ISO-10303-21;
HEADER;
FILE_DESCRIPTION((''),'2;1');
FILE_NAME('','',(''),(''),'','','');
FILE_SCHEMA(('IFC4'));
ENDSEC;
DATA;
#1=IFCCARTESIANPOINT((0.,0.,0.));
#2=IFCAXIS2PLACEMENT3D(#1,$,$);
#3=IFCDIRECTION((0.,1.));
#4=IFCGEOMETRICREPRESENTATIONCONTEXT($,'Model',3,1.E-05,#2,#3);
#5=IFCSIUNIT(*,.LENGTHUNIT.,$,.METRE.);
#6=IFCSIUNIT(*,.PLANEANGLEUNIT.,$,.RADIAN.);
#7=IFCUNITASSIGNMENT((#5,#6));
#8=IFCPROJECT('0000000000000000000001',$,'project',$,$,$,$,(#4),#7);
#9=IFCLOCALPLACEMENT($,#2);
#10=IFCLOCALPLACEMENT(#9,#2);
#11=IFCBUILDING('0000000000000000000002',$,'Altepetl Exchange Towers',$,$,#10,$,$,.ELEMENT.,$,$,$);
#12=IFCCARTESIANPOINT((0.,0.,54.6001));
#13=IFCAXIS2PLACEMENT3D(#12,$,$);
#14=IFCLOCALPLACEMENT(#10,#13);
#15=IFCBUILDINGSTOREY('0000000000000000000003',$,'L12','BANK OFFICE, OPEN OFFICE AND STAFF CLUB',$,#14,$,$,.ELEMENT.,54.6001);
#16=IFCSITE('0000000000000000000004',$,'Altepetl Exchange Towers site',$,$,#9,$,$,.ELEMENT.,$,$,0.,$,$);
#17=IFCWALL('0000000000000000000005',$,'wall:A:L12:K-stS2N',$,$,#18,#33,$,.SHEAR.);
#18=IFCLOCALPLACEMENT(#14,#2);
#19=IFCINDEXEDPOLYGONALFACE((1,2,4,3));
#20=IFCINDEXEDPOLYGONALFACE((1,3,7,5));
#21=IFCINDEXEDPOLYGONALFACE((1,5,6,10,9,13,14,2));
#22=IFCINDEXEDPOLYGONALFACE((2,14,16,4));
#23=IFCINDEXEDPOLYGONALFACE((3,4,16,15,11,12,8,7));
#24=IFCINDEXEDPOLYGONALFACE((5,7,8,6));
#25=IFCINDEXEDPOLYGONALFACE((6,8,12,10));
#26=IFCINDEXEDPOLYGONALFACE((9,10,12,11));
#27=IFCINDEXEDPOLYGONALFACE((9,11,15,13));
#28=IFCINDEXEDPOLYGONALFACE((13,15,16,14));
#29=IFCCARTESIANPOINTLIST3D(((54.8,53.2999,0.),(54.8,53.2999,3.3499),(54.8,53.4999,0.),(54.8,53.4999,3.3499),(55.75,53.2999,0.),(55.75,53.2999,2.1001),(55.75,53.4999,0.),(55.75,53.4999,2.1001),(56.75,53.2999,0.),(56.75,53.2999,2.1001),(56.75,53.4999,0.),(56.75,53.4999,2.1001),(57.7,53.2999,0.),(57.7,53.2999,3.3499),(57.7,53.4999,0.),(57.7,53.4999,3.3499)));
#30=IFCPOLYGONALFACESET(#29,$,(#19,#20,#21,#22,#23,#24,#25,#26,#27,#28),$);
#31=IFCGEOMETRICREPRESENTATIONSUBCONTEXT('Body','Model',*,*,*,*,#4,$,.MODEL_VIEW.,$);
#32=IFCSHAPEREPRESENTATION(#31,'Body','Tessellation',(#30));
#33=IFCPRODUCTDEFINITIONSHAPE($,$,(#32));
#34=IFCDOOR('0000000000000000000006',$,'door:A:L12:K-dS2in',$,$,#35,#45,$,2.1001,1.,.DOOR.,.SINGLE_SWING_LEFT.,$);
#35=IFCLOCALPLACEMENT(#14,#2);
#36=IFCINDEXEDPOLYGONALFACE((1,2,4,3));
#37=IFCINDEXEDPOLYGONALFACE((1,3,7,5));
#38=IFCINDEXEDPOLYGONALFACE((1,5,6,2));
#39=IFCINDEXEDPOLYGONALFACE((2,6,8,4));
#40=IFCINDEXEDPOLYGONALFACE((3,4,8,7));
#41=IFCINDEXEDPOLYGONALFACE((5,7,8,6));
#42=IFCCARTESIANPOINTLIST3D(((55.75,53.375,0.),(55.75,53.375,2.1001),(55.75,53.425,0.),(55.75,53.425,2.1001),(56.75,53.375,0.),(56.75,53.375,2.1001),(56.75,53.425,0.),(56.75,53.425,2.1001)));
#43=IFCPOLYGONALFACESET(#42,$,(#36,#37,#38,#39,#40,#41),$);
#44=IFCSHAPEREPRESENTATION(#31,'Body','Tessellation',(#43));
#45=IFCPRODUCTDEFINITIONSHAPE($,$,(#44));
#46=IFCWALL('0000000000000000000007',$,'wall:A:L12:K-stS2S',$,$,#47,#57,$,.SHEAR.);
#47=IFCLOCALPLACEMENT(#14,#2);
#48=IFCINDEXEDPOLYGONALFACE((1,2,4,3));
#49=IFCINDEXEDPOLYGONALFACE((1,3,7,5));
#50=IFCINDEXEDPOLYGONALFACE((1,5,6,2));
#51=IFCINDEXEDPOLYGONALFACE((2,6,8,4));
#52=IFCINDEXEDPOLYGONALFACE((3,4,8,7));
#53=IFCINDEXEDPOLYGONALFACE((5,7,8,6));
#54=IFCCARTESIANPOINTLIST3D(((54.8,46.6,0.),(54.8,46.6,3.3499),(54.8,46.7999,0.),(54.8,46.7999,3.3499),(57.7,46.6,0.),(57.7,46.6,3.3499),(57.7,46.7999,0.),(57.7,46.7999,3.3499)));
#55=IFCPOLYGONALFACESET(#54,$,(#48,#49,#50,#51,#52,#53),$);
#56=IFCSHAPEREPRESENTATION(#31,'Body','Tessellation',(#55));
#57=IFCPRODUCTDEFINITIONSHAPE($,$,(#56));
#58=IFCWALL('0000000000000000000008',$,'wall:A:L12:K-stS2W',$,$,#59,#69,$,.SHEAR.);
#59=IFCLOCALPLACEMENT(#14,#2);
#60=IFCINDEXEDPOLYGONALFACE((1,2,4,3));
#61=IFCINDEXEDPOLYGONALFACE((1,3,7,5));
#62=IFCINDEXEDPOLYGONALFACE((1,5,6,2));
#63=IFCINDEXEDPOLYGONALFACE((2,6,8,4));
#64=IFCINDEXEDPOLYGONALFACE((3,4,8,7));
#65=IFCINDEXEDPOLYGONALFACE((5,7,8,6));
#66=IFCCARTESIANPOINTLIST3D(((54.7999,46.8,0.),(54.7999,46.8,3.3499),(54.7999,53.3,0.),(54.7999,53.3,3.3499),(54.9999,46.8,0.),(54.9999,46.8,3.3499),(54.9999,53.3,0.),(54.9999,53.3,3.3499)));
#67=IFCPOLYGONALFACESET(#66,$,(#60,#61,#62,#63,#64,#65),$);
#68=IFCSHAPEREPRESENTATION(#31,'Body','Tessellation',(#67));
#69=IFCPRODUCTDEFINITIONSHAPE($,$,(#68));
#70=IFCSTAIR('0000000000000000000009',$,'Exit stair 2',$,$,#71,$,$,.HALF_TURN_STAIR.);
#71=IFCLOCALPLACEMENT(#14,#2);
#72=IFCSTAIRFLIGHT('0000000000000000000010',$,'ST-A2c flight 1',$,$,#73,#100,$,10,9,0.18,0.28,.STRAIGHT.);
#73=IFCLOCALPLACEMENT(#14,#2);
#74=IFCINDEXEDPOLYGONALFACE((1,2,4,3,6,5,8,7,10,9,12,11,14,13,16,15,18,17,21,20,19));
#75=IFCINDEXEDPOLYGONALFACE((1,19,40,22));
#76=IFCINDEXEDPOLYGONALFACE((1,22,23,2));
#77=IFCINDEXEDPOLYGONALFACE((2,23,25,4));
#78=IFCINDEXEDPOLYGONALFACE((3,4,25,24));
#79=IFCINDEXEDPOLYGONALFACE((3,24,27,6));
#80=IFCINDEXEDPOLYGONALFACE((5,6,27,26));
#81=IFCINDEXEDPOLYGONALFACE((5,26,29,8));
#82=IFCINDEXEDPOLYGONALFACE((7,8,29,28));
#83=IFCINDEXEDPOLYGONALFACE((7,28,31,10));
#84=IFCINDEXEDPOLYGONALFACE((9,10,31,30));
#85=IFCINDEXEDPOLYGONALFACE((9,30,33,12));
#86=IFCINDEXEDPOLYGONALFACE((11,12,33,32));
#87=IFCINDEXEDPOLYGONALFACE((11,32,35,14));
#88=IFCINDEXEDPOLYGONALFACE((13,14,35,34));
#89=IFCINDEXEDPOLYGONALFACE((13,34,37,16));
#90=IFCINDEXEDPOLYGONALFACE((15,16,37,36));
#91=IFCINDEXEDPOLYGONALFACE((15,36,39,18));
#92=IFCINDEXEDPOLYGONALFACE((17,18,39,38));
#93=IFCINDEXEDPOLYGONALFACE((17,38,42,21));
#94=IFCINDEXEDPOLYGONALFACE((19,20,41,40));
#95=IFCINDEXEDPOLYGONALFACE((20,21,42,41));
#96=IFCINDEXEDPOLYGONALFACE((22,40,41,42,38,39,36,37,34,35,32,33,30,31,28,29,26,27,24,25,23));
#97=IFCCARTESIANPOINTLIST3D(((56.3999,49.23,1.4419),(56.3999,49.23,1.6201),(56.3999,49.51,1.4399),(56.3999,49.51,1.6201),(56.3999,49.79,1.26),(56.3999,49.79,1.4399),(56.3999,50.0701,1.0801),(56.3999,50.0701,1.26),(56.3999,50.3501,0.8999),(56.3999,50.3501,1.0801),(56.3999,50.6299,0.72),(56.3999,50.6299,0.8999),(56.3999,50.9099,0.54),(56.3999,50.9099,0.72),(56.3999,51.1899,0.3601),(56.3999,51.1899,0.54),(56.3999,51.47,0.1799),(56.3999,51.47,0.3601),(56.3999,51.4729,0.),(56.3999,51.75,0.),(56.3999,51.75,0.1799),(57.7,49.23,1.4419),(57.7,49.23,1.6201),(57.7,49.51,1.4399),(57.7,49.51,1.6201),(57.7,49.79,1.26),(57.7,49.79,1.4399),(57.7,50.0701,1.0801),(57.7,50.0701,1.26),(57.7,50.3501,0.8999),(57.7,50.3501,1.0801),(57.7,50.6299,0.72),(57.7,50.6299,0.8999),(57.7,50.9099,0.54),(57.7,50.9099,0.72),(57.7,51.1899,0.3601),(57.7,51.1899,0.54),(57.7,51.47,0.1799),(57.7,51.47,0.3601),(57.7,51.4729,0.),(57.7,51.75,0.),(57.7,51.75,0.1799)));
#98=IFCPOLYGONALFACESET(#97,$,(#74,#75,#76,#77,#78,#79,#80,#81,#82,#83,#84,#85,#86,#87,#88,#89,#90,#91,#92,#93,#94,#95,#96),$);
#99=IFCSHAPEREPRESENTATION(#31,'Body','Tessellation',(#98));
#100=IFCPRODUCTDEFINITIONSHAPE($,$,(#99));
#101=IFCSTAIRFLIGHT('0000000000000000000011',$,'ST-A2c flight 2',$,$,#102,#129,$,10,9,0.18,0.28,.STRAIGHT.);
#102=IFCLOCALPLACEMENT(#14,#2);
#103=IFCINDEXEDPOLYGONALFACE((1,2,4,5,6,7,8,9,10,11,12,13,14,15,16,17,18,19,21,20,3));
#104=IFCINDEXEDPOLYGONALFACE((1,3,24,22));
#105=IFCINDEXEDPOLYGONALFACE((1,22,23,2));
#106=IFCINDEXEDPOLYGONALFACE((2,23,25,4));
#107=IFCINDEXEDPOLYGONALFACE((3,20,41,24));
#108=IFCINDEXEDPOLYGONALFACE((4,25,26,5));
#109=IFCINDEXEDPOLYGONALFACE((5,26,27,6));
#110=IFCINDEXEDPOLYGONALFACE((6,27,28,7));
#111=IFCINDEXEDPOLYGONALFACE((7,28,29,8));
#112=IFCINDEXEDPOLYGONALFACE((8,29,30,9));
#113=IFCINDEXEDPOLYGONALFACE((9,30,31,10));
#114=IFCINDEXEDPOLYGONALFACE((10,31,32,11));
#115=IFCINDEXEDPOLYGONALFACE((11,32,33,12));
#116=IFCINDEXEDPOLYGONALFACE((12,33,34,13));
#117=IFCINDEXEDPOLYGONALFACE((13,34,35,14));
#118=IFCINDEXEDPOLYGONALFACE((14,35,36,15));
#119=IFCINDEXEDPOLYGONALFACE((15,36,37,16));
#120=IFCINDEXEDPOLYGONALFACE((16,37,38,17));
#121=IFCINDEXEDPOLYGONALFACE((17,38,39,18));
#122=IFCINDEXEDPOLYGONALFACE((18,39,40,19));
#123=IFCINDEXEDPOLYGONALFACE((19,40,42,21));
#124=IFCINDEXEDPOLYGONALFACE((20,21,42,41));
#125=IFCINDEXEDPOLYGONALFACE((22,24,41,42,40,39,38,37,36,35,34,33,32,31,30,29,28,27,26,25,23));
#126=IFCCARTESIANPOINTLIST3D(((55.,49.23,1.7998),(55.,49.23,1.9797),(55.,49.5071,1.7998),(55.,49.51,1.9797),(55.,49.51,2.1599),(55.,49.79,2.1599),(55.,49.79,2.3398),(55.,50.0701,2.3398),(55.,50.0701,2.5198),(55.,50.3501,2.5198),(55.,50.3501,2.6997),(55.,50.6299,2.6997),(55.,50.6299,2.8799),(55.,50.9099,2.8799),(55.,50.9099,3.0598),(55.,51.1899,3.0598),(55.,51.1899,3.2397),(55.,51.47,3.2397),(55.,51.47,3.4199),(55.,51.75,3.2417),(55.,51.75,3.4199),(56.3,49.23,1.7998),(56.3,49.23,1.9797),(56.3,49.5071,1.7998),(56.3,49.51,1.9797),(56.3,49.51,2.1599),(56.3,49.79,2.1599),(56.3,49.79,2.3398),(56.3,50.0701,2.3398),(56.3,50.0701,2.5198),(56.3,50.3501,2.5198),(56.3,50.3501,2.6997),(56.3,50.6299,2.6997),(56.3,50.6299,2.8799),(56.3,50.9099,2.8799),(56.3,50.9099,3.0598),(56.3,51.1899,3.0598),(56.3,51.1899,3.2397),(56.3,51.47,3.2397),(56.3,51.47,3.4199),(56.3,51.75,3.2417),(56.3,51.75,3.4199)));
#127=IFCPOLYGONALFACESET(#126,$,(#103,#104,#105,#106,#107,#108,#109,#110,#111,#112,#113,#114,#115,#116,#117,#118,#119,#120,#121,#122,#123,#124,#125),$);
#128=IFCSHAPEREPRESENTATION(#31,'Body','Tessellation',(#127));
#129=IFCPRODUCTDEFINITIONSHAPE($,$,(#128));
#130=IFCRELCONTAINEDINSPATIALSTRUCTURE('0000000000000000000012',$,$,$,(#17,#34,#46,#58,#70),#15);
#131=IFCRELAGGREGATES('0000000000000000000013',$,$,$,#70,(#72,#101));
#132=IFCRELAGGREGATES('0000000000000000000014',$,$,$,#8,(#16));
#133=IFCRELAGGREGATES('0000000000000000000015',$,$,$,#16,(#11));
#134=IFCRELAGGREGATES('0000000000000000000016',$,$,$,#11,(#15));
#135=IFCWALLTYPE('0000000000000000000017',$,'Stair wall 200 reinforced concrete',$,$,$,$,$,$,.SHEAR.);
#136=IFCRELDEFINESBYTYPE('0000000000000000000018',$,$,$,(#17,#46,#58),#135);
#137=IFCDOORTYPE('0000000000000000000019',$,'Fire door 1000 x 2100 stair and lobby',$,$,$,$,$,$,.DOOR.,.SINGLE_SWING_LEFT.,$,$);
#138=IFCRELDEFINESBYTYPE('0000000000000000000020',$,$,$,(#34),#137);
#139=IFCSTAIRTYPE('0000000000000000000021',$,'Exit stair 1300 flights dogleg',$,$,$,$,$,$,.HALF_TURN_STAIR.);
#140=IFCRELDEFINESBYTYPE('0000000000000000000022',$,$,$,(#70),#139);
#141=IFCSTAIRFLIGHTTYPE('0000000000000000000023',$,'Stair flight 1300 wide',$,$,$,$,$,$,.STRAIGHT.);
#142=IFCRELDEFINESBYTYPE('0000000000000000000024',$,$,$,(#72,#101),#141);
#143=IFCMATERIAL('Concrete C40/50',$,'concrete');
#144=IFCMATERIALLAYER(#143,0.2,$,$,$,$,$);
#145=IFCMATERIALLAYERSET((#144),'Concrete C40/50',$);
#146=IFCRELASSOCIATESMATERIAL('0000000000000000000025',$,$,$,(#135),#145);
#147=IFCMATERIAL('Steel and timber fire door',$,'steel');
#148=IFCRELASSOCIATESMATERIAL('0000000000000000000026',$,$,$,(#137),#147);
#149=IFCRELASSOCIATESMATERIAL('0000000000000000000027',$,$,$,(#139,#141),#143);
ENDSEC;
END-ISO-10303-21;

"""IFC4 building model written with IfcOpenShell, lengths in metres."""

from ifc_helpers import new_model, si_unit, direction, frame, frame_2d, origin, place, context, subcontext, project, spatial, polyline, rectangle, outline, extrude, material, layer, layer_set, type_object, element, fill, aggregate, save


model = new_model("IFC4")

# Units and contexts
model_context = context("Model", 3, precision=1e-05, world=origin(), true_north=direction((0.0, 1.0)))
body_context = subcontext(model_context, "Body", "Model", "MODEL_VIEW")
ifc_project = project(units=[si_unit("LENGTHUNIT", "METRE"), si_unit("PLANEANGLEUNIT", "RADIAN")], contexts=[model_context])

# Site, building, storey
site_placement = place(None, origin())
site = spatial("IfcSite", under=ifc_project, at=site_placement, Name="Altepetl Exchange Towers site", CompositionType="ELEMENT", RefElevation=0.0)
building_placement = place(site_placement, origin())
building = spatial("IfcBuilding", under=site, at=building_placement, Name="Altepetl Exchange Towers", CompositionType="ELEMENT")
storey_placement = place(building_placement, frame((0.0, 0.0, 54.6001)))
storey = spatial("IfcBuildingStorey", under=building, at=storey_placement, Name="L12", Description="BANK OFFICE, OPEN OFFICE AND STAFF CLUB", CompositionType="ELEMENT", Elevation=54.6001)

# Shared definitions
ifc_material_1 = material(Name="Concrete C40/50", Category="concrete")

# Wall, opening, door
ifc_layer_1 = layer(ifc_material_1, 0.2)
ifc_layer_set_1 = layer_set([ifc_layer_1], Name="Concrete C40/50")
wall_type_1 = type_object("IfcWallType", Name="Stair wall 200 reinforced concrete", PredefinedType="SHEAR", material=ifc_layer_set_1)
wall_1_placement = place(storey_placement, frame((54.8, 53.3999, 0.0)))
wall_1 = element("IfcWall", 1, at=wall_1_placement, inside=storey, type_object=wall_type_1, Name="wall:A:L12:K-stS2N", PredefinedType="SHEAR", context=body_context, shape_type="SweptSolid", body=[
    extrude(rectangle(XDim=2.8999, YDim=0.2, at=frame_2d((1.45, 0.0))), origin(), (0.0, 0.0, 1.0), 3.3499),
])
opening_placement = place(wall_1_placement, frame((0.95, 0.0, 0.0)))
opening = element("IfcOpeningElement", 2, at=opening_placement, cuts=wall_1, PredefinedType="OPENING", context=body_context, shape_type="SweptSolid", body=[
    extrude(rectangle(XDim=1.0, YDim=2.1001, at=frame_2d((0.5, 1.05))), frame((0.0, 0.1099, 0.0), z_axis=(0.0, -1.0, 0.0), x_axis=(1.0, 0.0, 0.0)), (0.0, 0.0, 1.0), 0.22),
])
ifc_material_2 = material(Name="Steel and timber fire door", Category="steel")
door_type = type_object("IfcDoorType", Name="Fire door 1000 x 2100 stair and lobby", OperationType="SINGLE_SWING_LEFT", PredefinedType="DOOR", material=ifc_material_2)
door_placement = place(opening_placement, frame((1.0, 0.0, 0.0), x_axis=(-1.0, 0.0, 0.0)))
door = element("IfcDoor", 3, at=door_placement, inside=storey, type_object=door_type, Name="door:A:L12:K-dS2in", OperationType="SINGLE_SWING_LEFT", OverallHeight=2.1001, OverallWidth=1.0, PredefinedType="DOOR", context=body_context, shape_type="SweptSolid", body=[
    extrude(rectangle(XDim=1.0, YDim=2.1001, at=frame_2d((0.5, 1.05))), frame((0.0, 0.0249, 0.0), z_axis=(0.0, -1.0, 0.0), x_axis=(1.0, 0.0, 0.0)), (0.0, 0.0, 1.0), 0.05),
])
fill(opening, door)

# Walls
wall_2_placement = place(storey_placement, frame((54.8, 46.7, 0.0)))
element("IfcWall", 4, at=wall_2_placement, inside=storey, type_object=wall_type_1, Name="wall:A:L12:K-stS2S", PredefinedType="SHEAR", context=body_context, shape_type="SweptSolid", body=[
    extrude(rectangle(XDim=2.8999, YDim=0.2, at=frame_2d((1.45, 0.0))), origin(), (0.0, 0.0, 1.0), 3.3499),
])
wall_3_placement = place(storey_placement, frame((54.8999, 46.8, 0.0), z_axis=(0.0, 0.0, 1.0), x_axis=(0.0, 1.0, 0.0)))
element("IfcWall", 5, at=wall_3_placement, inside=storey, type_object=wall_type_1, Name="wall:A:L12:K-stS2W", PredefinedType="SHEAR", context=body_context, shape_type="SweptSolid", body=[
    extrude(rectangle(XDim=6.5, YDim=0.2, at=frame_2d((3.25, 0.0))), origin(), (0.0, 0.0, 1.0), 3.3499),
])

# Stair, stair flights
stair_type = type_object("IfcStairType", Name="Exit stair 1300 flights dogleg", PredefinedType="HALF_TURN_STAIR", material=ifc_material_1)
stair_placement = place(storey_placement, origin())
stair = element("IfcStair", 6, at=stair_placement, inside=storey, type_object=stair_type, Name="Exit stair 2", PredefinedType="HALF_TURN_STAIR")
stair_flight_type = type_object("IfcStairFlightType", Name="Stair flight 1300 wide", PredefinedType="STRAIGHT", material=ifc_material_1)
stair_flight_1_placement = place(storey_placement, frame((57.05, 51.75, 0.0), z_axis=(0.0, 0.0, 1.0), x_axis=(0.0, -1.0, 0.0)))
stair_flight_1 = element("IfcStairFlight", 7, at=stair_flight_1_placement, type_object=stair_flight_type, Name="ST-A2c flight 1", NumberOfRisers=10, NumberOfTreads=9, PredefinedType="STRAIGHT", RiserHeight=0.18, TreadLength=0.28, context=body_context, shape_type="SweptSolid", body=[
    extrude(outline(polyline([(0.0, 0.0), (0.0, 0.1799), (0.28, 0.1799), (0.28, 0.3601), (0.5601, 0.3601), (0.5601, 0.54), (0.8401, 0.54), (0.8401, 0.72), (1.1201, 0.72), (1.1201, 0.8999), (1.3999, 0.8999), (1.3999, 1.0801), (1.6799, 1.0801), (1.6799, 1.26), (1.96, 1.26), (1.96, 1.4399), (2.24, 1.4399), (2.24, 1.6201), (2.52, 1.6201), (2.52, 1.8), (2.52, 1.4419), (0.2771, 0.0), (0.0, 0.0)])), frame((0.0, 0.6499, 0.0), z_axis=(0.0, -1.0, 0.0), x_axis=(1.0, 0.0, 0.0)), (0.0, 0.0, 1.0), 1.3),
])
stair_flight_2_placement = place(storey_placement, frame((55.6499, 49.23, 1.7998), z_axis=(0.0, 0.0, 1.0), x_axis=(0.0, 1.0, 0.0)))
stair_flight_2 = element("IfcStairFlight", 8, at=stair_flight_2_placement, type_object=stair_flight_type, Name="ST-A2c flight 2", NumberOfRisers=10, NumberOfTreads=9, PredefinedType="STRAIGHT", RiserHeight=0.18, TreadLength=0.28, context=body_context, shape_type="SweptSolid", body=[
    extrude(outline(polyline([(0.0, 0.0), (0.0, 0.1799), (0.28, 0.1799), (0.28, 0.3601), (0.5601, 0.3601), (0.5601, 0.54), (0.8401, 0.54), (0.8401, 0.72), (1.1201, 0.72), (1.1201, 0.8999), (1.3999, 0.8999), (1.3999, 1.0801), (1.6799, 1.0801), (1.6799, 1.26), (1.96, 1.26), (1.96, 1.4399), (2.24, 1.4399), (2.24, 1.6201), (2.52, 1.6201), (2.52, 1.8), (2.52, 1.4419), (0.2771, 0.0), (0.0, 0.0)])), frame((0.0, 0.6499, 0.0), z_axis=(0.0, -1.0, 0.0), x_axis=(1.0, 0.0, 0.0)), (0.0, 0.0, 1.0), 1.3),
])
aggregate(stair, [stair_flight_1, stair_flight_2])

save(model, "model.ifc")
